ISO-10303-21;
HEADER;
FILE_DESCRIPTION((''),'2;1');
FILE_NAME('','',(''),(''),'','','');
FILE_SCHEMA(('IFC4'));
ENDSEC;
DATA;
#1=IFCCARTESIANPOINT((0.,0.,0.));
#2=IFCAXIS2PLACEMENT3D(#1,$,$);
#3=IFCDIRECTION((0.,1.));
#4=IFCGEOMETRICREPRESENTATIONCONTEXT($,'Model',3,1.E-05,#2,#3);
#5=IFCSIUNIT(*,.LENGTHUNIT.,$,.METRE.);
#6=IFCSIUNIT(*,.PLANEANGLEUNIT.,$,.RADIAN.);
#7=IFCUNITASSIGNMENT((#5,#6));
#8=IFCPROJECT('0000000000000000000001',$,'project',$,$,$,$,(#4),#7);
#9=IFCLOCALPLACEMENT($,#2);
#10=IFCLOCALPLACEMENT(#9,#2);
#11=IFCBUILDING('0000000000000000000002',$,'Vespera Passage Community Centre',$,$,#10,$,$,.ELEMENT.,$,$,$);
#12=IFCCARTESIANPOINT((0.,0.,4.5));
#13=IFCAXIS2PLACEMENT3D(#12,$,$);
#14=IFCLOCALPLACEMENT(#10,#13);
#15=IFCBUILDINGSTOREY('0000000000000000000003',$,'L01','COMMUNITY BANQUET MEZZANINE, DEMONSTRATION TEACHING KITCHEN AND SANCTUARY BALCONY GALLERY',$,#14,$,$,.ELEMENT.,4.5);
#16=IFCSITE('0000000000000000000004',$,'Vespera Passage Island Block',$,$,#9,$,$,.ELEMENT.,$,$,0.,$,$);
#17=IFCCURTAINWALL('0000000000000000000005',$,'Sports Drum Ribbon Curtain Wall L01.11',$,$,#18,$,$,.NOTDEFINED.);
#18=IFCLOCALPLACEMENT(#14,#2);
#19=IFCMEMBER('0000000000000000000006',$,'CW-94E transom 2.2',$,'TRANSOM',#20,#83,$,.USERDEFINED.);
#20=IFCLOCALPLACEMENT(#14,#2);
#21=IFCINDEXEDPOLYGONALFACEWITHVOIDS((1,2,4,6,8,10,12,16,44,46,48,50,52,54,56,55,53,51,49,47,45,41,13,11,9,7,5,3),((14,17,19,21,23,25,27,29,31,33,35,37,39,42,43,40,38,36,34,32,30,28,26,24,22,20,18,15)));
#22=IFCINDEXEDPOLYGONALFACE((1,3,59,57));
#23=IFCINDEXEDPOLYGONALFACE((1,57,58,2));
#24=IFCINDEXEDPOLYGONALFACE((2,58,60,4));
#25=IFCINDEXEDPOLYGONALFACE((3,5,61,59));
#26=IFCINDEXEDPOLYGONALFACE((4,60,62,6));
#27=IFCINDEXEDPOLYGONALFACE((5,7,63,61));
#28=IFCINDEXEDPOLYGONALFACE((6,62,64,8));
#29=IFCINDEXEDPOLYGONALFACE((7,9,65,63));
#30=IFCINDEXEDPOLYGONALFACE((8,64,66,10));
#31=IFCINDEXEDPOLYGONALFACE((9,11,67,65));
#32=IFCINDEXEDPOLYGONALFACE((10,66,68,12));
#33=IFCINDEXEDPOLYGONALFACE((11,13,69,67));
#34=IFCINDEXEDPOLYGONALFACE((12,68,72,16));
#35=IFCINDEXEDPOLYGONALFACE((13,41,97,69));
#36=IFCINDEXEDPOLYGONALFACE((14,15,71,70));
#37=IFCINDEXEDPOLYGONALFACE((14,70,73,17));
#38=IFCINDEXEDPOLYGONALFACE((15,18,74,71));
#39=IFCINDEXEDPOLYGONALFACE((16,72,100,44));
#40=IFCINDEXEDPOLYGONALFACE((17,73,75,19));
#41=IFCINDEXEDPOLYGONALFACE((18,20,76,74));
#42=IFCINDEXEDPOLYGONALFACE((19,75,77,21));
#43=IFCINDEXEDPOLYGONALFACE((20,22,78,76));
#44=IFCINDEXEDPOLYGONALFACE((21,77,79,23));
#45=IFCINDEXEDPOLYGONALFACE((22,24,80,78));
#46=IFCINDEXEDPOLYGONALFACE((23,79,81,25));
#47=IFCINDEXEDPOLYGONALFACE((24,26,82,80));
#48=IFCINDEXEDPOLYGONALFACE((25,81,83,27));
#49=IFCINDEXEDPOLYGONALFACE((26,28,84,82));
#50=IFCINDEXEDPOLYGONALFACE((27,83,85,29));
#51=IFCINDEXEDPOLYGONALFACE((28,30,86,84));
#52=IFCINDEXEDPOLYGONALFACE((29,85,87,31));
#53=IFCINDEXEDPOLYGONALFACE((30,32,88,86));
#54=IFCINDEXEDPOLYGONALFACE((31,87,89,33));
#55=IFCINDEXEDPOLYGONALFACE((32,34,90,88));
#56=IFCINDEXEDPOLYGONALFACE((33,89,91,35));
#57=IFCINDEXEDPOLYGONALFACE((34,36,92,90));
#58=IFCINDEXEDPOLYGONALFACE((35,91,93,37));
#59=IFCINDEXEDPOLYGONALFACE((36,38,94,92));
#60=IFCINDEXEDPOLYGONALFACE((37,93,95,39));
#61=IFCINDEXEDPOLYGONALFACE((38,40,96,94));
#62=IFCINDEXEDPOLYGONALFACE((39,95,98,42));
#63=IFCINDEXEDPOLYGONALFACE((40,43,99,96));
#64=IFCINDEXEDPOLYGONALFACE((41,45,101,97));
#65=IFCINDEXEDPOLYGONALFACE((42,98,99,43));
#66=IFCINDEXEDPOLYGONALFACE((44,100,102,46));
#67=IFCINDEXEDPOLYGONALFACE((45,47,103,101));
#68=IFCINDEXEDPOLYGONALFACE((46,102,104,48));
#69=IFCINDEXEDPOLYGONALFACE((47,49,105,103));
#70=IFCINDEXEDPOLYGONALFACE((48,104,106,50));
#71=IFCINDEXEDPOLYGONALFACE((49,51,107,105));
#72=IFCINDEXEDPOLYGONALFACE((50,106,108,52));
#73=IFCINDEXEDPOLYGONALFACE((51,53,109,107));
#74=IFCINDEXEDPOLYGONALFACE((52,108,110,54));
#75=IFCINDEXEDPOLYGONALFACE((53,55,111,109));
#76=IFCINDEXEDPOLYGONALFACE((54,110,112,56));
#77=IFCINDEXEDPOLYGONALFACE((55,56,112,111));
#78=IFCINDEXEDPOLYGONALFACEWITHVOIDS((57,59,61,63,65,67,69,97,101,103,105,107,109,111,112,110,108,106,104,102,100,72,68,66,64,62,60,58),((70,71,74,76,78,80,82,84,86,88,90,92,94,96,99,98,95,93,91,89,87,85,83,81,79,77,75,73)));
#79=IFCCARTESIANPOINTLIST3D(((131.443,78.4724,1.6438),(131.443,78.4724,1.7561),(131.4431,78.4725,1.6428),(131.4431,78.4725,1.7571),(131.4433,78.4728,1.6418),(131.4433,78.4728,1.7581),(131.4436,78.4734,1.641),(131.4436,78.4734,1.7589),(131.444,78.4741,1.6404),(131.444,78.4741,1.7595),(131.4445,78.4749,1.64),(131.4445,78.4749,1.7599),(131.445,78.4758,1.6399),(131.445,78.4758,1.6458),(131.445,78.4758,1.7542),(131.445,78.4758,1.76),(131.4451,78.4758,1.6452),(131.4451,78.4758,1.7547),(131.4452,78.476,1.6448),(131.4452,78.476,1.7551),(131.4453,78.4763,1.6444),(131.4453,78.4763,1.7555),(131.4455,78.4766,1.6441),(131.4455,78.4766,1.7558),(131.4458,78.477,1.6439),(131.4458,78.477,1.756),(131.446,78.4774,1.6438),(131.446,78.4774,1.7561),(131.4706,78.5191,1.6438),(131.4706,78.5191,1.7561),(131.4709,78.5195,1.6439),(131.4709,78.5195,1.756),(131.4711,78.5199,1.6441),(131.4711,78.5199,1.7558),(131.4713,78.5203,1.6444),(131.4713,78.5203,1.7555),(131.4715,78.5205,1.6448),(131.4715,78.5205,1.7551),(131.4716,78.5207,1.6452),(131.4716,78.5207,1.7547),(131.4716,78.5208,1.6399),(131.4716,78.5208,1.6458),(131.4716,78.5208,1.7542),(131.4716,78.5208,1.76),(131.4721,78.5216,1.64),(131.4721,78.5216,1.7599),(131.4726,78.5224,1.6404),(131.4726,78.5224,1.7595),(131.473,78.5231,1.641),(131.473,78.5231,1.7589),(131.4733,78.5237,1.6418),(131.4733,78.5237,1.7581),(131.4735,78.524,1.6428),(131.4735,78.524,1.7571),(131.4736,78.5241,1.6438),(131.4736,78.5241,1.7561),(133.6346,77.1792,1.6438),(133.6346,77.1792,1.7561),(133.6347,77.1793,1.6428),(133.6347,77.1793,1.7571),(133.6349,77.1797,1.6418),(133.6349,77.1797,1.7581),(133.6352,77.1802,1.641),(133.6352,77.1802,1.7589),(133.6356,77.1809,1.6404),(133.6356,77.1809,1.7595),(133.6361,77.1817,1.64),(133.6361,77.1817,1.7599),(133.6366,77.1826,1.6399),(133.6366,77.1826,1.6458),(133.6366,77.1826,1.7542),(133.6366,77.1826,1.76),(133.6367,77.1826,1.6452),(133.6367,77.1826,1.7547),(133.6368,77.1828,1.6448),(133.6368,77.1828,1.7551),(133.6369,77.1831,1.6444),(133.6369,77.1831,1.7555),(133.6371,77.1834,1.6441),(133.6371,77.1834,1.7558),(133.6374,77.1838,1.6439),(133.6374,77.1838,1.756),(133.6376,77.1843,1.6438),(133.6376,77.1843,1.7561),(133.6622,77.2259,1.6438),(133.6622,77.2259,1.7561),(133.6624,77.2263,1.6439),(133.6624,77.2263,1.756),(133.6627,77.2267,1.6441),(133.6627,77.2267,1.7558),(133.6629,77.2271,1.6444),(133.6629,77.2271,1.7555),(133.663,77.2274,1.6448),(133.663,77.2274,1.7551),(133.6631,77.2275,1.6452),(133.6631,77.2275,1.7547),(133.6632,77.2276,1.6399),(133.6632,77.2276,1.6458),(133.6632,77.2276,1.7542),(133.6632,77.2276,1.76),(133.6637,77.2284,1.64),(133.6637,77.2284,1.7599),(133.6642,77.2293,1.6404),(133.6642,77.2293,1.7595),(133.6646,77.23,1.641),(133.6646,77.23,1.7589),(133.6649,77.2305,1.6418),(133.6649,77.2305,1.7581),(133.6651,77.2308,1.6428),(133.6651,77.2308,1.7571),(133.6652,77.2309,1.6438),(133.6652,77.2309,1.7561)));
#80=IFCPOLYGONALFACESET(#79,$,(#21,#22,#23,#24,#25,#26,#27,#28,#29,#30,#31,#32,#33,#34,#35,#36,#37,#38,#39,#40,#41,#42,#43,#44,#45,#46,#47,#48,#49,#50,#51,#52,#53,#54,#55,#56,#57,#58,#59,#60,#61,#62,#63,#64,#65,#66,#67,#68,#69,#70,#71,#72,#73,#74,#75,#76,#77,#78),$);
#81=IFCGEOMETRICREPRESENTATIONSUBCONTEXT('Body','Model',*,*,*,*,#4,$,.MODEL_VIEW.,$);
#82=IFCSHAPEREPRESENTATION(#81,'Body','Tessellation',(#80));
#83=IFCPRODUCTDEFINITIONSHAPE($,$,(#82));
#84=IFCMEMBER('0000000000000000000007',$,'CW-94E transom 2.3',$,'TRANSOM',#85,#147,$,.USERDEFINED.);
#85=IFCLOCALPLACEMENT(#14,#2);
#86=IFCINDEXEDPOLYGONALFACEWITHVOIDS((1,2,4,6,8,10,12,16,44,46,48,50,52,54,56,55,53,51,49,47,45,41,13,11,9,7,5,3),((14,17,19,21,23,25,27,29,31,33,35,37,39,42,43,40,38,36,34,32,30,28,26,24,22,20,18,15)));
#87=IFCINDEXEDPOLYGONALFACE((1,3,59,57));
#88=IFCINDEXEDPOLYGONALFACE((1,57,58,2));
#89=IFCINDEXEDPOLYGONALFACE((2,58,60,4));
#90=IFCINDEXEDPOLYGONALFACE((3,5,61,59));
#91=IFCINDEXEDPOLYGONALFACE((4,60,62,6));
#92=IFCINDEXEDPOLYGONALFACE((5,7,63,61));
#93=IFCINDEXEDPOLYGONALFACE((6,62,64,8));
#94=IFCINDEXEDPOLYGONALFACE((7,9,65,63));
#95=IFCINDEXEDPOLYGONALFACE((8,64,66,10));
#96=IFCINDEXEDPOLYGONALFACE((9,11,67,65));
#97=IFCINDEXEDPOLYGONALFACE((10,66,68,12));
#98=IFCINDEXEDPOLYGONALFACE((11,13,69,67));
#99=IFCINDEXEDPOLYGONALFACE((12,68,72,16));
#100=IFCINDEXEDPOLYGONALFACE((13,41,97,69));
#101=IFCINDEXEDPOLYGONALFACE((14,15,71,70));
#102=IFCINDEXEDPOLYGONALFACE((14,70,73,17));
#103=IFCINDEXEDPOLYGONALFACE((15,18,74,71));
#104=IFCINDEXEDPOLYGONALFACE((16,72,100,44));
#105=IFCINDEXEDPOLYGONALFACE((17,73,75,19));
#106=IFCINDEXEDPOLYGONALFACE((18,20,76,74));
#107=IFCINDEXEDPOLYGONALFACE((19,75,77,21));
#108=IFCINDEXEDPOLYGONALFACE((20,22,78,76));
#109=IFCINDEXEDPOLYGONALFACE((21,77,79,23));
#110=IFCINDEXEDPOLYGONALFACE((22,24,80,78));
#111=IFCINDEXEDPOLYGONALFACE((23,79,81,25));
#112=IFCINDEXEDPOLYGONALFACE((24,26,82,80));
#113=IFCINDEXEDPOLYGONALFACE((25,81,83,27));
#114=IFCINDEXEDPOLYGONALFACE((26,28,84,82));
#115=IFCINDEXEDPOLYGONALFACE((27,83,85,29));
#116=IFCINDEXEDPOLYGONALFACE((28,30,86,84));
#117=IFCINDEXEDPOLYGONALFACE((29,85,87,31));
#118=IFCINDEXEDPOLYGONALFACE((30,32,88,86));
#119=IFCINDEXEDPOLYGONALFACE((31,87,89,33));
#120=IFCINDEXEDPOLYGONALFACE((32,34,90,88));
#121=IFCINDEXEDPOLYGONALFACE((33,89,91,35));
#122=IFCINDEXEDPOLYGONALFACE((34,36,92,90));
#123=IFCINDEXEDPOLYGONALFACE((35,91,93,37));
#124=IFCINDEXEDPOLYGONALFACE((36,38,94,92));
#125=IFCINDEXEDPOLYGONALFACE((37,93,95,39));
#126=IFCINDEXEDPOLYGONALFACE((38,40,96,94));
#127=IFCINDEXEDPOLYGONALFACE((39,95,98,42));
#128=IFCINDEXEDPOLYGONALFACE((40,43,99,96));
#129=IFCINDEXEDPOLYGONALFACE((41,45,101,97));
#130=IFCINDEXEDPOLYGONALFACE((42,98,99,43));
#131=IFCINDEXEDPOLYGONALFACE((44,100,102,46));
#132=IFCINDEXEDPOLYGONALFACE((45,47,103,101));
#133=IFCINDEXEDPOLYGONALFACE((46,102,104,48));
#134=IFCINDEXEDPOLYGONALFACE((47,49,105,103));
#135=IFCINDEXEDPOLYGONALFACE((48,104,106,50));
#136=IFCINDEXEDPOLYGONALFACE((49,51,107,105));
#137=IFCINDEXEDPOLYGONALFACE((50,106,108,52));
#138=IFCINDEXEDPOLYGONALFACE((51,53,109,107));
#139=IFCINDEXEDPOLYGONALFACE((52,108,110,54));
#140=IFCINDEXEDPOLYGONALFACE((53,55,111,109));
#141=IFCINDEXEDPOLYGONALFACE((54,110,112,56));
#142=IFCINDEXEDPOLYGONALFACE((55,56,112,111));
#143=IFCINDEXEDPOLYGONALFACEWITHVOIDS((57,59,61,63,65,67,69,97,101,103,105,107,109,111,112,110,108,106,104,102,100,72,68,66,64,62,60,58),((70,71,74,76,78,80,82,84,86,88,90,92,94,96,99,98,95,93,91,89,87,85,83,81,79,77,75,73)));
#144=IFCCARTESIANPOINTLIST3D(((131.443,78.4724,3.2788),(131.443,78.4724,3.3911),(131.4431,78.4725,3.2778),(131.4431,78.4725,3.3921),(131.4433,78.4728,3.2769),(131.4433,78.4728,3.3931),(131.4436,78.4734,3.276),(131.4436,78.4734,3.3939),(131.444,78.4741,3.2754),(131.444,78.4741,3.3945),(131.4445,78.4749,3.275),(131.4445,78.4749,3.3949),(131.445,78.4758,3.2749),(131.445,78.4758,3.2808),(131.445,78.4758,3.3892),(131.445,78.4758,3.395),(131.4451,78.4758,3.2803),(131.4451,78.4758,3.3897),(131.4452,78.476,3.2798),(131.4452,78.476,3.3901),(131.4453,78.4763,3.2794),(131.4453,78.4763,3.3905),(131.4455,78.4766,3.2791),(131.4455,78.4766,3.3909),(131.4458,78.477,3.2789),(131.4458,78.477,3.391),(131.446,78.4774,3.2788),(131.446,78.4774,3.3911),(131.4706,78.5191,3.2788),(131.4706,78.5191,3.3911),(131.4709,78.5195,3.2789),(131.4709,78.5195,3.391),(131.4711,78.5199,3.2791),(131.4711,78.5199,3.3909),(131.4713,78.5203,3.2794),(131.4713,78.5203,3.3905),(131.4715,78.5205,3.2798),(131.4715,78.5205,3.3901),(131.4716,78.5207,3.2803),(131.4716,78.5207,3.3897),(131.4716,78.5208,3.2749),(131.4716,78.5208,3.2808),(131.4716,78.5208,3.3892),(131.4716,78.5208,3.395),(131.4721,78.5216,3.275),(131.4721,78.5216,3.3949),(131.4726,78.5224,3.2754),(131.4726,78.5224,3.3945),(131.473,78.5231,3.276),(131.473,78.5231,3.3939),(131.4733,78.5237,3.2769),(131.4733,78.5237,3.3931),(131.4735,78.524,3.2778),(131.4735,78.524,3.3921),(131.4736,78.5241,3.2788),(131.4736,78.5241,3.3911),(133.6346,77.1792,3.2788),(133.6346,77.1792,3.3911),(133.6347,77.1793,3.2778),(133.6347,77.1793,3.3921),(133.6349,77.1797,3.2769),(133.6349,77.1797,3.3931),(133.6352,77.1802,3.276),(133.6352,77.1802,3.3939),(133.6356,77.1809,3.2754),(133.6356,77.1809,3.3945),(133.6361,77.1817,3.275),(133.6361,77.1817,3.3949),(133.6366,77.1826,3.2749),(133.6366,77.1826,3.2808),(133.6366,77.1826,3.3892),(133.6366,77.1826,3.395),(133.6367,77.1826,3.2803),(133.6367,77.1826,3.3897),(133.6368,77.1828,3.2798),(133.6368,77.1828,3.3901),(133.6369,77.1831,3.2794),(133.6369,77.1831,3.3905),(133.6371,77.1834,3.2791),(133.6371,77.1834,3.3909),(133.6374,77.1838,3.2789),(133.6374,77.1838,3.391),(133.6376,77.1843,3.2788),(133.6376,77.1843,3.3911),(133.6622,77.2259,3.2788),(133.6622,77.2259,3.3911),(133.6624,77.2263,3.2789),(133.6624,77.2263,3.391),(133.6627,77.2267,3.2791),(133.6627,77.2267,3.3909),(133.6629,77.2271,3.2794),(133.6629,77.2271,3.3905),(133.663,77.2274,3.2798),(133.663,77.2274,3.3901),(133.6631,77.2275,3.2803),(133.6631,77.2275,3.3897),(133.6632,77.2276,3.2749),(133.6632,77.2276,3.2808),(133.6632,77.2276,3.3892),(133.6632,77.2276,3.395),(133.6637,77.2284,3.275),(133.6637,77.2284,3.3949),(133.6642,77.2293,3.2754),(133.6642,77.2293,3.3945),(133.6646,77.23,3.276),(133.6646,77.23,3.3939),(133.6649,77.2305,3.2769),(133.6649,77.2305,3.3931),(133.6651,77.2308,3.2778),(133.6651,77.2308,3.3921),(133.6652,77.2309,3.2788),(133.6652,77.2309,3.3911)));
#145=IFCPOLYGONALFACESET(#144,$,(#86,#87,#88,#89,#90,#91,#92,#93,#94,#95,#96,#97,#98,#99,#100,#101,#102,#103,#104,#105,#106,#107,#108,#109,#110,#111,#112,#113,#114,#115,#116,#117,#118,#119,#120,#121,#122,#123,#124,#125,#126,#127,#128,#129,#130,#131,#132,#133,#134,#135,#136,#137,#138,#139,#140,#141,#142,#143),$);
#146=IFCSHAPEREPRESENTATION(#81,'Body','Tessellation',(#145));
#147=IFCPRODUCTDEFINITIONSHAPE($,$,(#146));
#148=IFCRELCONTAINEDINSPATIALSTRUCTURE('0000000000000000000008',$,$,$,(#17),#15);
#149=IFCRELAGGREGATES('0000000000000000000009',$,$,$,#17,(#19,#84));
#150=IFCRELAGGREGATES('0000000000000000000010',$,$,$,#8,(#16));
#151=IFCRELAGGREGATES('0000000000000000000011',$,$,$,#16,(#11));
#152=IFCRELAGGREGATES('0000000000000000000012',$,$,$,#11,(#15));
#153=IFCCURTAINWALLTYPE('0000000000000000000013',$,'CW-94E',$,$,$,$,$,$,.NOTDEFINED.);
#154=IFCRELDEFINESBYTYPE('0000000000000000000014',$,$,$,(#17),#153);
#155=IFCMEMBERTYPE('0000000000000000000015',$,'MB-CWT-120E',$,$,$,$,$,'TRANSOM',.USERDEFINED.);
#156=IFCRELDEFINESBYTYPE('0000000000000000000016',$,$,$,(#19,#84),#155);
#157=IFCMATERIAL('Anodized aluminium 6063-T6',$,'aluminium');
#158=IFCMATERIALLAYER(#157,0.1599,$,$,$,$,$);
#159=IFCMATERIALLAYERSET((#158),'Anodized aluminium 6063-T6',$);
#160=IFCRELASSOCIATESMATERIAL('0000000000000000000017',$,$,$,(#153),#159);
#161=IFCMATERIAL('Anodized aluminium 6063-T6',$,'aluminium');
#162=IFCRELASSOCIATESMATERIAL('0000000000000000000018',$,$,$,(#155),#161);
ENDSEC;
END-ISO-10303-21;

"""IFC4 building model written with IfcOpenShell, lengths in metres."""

from ifc_helpers import new_model, si_unit, direction, frame, origin, origin_2d, place, context, subcontext, project, spatial, hollow_rectangle, extrude, material, layer, layer_set, material_profile, profile_set, type_object, element, aggregate, save


model = new_model("IFC4")

# Units and contexts
model_context = context("Model", 3, precision=1e-05, world=origin(), true_north=direction((0.0, 1.0)))
body_context = subcontext(model_context, "Body", "Model", "MODEL_VIEW")
ifc_project = project(units=[si_unit("LENGTHUNIT", "METRE"), si_unit("PLANEANGLEUNIT", "RADIAN")], contexts=[model_context])

# Site, building, storey
site_placement = place(None, origin())
site = spatial("IfcSite", under=ifc_project, at=site_placement, Name="Vespera Passage Island Block", CompositionType="ELEMENT", RefElevation=0.0)
building_placement = place(site_placement, origin())
building = spatial("IfcBuilding", under=site, at=building_placement, Name="Vespera Passage Community Centre", CompositionType="ELEMENT")
storey_placement = place(building_placement, frame((0.0, 0.0, 4.5)))
storey = spatial("IfcBuildingStorey", under=building, at=storey_placement, Name="L01", Description="COMMUNITY BANQUET MEZZANINE, DEMONSTRATION TEACHING KITCHEN AND SANCTUARY BALCONY GALLERY", CompositionType="ELEMENT", Elevation=4.5)

# Curtain wall
ifc_material_1 = material(Name="Anodized aluminium 6063-T6", Category="aluminium")
ifc_layer_1 = layer(ifc_material_1, 0.1599)
ifc_layer_set_1 = layer_set([ifc_layer_1], Name="Anodized aluminium 6063-T6")
curtain_wall_type_1 = type_object("IfcCurtainWallType", Name="CW-94E", PredefinedType="NOTDEFINED", material=ifc_layer_set_1)
curtain_wall_1_placement = place(storey_placement, origin())
curtain_wall_1 = element("IfcCurtainWall", 1, at=curtain_wall_1_placement, inside=storey, type_object=curtain_wall_type_1, Name="Sports Drum Ribbon Curtain Wall L01.11", PredefinedType="NOTDEFINED")

# Members
ifc_material_2 = material(Name="Anodized aluminium 6063-T6", Category="aluminium")
ifc_material_profile_1 = material_profile(ifc_material_2, hollow_rectangle(XDim=0.0601, YDim=0.1201, WallThickness=0.0039, InnerFilletRadius=0.002, OuterFilletRadius=0.0039, at=origin_2d()), Name="ALU120X60X4")
ifc_profile_set_1 = profile_set([ifc_material_profile_1], Name="Anodized aluminium 6063-T6")
member_type_1 = type_object("IfcMemberType", Name="MB-CWT-120E", ElementType="TRANSOM", PredefinedType="USERDEFINED", material=ifc_profile_set_1)
member_1_placement = place(storey_placement, frame((133.6499, 77.2051, 1.7), z_axis=(-0.861245, 0.508189, 0.0), x_axis=(-0.508189, -0.861245, 0.0)))
member_1 = element("IfcMember", 2, at=member_1_placement, type_object=member_type_1, Name="CW-94E transom 2.2", ObjectType="TRANSOM", PredefinedType="USERDEFINED", context=body_context, shape_type="SweptSolid", body=[
    extrude(hollow_rectangle(XDim=0.0601, YDim=0.1201, WallThickness=0.0039, InnerFilletRadius=0.002, OuterFilletRadius=0.0039, at=origin_2d()), origin(), (0.0, 0.0, 1.0), 2.5447),
])
member_2_placement = place(storey_placement, frame((133.6499, 77.2051, 3.335), z_axis=(-0.861245, 0.508189, 0.0), x_axis=(-0.508189, -0.861245, 0.0)))
member_2 = element("IfcMember", 3, at=member_2_placement, type_object=member_type_1, Name="CW-94E transom 2.3", ObjectType="TRANSOM", PredefinedType="USERDEFINED", context=body_context, shape_type="SweptSolid", body=[
    extrude(hollow_rectangle(XDim=0.0601, YDim=0.1201, WallThickness=0.0039, InnerFilletRadius=0.002, OuterFilletRadius=0.0039, at=origin_2d()), origin(), (0.0, 0.0, 1.0), 2.5447),
])

aggregate(curtain_wall_1, [member_1, member_2])

save(model, "model.ifc")
